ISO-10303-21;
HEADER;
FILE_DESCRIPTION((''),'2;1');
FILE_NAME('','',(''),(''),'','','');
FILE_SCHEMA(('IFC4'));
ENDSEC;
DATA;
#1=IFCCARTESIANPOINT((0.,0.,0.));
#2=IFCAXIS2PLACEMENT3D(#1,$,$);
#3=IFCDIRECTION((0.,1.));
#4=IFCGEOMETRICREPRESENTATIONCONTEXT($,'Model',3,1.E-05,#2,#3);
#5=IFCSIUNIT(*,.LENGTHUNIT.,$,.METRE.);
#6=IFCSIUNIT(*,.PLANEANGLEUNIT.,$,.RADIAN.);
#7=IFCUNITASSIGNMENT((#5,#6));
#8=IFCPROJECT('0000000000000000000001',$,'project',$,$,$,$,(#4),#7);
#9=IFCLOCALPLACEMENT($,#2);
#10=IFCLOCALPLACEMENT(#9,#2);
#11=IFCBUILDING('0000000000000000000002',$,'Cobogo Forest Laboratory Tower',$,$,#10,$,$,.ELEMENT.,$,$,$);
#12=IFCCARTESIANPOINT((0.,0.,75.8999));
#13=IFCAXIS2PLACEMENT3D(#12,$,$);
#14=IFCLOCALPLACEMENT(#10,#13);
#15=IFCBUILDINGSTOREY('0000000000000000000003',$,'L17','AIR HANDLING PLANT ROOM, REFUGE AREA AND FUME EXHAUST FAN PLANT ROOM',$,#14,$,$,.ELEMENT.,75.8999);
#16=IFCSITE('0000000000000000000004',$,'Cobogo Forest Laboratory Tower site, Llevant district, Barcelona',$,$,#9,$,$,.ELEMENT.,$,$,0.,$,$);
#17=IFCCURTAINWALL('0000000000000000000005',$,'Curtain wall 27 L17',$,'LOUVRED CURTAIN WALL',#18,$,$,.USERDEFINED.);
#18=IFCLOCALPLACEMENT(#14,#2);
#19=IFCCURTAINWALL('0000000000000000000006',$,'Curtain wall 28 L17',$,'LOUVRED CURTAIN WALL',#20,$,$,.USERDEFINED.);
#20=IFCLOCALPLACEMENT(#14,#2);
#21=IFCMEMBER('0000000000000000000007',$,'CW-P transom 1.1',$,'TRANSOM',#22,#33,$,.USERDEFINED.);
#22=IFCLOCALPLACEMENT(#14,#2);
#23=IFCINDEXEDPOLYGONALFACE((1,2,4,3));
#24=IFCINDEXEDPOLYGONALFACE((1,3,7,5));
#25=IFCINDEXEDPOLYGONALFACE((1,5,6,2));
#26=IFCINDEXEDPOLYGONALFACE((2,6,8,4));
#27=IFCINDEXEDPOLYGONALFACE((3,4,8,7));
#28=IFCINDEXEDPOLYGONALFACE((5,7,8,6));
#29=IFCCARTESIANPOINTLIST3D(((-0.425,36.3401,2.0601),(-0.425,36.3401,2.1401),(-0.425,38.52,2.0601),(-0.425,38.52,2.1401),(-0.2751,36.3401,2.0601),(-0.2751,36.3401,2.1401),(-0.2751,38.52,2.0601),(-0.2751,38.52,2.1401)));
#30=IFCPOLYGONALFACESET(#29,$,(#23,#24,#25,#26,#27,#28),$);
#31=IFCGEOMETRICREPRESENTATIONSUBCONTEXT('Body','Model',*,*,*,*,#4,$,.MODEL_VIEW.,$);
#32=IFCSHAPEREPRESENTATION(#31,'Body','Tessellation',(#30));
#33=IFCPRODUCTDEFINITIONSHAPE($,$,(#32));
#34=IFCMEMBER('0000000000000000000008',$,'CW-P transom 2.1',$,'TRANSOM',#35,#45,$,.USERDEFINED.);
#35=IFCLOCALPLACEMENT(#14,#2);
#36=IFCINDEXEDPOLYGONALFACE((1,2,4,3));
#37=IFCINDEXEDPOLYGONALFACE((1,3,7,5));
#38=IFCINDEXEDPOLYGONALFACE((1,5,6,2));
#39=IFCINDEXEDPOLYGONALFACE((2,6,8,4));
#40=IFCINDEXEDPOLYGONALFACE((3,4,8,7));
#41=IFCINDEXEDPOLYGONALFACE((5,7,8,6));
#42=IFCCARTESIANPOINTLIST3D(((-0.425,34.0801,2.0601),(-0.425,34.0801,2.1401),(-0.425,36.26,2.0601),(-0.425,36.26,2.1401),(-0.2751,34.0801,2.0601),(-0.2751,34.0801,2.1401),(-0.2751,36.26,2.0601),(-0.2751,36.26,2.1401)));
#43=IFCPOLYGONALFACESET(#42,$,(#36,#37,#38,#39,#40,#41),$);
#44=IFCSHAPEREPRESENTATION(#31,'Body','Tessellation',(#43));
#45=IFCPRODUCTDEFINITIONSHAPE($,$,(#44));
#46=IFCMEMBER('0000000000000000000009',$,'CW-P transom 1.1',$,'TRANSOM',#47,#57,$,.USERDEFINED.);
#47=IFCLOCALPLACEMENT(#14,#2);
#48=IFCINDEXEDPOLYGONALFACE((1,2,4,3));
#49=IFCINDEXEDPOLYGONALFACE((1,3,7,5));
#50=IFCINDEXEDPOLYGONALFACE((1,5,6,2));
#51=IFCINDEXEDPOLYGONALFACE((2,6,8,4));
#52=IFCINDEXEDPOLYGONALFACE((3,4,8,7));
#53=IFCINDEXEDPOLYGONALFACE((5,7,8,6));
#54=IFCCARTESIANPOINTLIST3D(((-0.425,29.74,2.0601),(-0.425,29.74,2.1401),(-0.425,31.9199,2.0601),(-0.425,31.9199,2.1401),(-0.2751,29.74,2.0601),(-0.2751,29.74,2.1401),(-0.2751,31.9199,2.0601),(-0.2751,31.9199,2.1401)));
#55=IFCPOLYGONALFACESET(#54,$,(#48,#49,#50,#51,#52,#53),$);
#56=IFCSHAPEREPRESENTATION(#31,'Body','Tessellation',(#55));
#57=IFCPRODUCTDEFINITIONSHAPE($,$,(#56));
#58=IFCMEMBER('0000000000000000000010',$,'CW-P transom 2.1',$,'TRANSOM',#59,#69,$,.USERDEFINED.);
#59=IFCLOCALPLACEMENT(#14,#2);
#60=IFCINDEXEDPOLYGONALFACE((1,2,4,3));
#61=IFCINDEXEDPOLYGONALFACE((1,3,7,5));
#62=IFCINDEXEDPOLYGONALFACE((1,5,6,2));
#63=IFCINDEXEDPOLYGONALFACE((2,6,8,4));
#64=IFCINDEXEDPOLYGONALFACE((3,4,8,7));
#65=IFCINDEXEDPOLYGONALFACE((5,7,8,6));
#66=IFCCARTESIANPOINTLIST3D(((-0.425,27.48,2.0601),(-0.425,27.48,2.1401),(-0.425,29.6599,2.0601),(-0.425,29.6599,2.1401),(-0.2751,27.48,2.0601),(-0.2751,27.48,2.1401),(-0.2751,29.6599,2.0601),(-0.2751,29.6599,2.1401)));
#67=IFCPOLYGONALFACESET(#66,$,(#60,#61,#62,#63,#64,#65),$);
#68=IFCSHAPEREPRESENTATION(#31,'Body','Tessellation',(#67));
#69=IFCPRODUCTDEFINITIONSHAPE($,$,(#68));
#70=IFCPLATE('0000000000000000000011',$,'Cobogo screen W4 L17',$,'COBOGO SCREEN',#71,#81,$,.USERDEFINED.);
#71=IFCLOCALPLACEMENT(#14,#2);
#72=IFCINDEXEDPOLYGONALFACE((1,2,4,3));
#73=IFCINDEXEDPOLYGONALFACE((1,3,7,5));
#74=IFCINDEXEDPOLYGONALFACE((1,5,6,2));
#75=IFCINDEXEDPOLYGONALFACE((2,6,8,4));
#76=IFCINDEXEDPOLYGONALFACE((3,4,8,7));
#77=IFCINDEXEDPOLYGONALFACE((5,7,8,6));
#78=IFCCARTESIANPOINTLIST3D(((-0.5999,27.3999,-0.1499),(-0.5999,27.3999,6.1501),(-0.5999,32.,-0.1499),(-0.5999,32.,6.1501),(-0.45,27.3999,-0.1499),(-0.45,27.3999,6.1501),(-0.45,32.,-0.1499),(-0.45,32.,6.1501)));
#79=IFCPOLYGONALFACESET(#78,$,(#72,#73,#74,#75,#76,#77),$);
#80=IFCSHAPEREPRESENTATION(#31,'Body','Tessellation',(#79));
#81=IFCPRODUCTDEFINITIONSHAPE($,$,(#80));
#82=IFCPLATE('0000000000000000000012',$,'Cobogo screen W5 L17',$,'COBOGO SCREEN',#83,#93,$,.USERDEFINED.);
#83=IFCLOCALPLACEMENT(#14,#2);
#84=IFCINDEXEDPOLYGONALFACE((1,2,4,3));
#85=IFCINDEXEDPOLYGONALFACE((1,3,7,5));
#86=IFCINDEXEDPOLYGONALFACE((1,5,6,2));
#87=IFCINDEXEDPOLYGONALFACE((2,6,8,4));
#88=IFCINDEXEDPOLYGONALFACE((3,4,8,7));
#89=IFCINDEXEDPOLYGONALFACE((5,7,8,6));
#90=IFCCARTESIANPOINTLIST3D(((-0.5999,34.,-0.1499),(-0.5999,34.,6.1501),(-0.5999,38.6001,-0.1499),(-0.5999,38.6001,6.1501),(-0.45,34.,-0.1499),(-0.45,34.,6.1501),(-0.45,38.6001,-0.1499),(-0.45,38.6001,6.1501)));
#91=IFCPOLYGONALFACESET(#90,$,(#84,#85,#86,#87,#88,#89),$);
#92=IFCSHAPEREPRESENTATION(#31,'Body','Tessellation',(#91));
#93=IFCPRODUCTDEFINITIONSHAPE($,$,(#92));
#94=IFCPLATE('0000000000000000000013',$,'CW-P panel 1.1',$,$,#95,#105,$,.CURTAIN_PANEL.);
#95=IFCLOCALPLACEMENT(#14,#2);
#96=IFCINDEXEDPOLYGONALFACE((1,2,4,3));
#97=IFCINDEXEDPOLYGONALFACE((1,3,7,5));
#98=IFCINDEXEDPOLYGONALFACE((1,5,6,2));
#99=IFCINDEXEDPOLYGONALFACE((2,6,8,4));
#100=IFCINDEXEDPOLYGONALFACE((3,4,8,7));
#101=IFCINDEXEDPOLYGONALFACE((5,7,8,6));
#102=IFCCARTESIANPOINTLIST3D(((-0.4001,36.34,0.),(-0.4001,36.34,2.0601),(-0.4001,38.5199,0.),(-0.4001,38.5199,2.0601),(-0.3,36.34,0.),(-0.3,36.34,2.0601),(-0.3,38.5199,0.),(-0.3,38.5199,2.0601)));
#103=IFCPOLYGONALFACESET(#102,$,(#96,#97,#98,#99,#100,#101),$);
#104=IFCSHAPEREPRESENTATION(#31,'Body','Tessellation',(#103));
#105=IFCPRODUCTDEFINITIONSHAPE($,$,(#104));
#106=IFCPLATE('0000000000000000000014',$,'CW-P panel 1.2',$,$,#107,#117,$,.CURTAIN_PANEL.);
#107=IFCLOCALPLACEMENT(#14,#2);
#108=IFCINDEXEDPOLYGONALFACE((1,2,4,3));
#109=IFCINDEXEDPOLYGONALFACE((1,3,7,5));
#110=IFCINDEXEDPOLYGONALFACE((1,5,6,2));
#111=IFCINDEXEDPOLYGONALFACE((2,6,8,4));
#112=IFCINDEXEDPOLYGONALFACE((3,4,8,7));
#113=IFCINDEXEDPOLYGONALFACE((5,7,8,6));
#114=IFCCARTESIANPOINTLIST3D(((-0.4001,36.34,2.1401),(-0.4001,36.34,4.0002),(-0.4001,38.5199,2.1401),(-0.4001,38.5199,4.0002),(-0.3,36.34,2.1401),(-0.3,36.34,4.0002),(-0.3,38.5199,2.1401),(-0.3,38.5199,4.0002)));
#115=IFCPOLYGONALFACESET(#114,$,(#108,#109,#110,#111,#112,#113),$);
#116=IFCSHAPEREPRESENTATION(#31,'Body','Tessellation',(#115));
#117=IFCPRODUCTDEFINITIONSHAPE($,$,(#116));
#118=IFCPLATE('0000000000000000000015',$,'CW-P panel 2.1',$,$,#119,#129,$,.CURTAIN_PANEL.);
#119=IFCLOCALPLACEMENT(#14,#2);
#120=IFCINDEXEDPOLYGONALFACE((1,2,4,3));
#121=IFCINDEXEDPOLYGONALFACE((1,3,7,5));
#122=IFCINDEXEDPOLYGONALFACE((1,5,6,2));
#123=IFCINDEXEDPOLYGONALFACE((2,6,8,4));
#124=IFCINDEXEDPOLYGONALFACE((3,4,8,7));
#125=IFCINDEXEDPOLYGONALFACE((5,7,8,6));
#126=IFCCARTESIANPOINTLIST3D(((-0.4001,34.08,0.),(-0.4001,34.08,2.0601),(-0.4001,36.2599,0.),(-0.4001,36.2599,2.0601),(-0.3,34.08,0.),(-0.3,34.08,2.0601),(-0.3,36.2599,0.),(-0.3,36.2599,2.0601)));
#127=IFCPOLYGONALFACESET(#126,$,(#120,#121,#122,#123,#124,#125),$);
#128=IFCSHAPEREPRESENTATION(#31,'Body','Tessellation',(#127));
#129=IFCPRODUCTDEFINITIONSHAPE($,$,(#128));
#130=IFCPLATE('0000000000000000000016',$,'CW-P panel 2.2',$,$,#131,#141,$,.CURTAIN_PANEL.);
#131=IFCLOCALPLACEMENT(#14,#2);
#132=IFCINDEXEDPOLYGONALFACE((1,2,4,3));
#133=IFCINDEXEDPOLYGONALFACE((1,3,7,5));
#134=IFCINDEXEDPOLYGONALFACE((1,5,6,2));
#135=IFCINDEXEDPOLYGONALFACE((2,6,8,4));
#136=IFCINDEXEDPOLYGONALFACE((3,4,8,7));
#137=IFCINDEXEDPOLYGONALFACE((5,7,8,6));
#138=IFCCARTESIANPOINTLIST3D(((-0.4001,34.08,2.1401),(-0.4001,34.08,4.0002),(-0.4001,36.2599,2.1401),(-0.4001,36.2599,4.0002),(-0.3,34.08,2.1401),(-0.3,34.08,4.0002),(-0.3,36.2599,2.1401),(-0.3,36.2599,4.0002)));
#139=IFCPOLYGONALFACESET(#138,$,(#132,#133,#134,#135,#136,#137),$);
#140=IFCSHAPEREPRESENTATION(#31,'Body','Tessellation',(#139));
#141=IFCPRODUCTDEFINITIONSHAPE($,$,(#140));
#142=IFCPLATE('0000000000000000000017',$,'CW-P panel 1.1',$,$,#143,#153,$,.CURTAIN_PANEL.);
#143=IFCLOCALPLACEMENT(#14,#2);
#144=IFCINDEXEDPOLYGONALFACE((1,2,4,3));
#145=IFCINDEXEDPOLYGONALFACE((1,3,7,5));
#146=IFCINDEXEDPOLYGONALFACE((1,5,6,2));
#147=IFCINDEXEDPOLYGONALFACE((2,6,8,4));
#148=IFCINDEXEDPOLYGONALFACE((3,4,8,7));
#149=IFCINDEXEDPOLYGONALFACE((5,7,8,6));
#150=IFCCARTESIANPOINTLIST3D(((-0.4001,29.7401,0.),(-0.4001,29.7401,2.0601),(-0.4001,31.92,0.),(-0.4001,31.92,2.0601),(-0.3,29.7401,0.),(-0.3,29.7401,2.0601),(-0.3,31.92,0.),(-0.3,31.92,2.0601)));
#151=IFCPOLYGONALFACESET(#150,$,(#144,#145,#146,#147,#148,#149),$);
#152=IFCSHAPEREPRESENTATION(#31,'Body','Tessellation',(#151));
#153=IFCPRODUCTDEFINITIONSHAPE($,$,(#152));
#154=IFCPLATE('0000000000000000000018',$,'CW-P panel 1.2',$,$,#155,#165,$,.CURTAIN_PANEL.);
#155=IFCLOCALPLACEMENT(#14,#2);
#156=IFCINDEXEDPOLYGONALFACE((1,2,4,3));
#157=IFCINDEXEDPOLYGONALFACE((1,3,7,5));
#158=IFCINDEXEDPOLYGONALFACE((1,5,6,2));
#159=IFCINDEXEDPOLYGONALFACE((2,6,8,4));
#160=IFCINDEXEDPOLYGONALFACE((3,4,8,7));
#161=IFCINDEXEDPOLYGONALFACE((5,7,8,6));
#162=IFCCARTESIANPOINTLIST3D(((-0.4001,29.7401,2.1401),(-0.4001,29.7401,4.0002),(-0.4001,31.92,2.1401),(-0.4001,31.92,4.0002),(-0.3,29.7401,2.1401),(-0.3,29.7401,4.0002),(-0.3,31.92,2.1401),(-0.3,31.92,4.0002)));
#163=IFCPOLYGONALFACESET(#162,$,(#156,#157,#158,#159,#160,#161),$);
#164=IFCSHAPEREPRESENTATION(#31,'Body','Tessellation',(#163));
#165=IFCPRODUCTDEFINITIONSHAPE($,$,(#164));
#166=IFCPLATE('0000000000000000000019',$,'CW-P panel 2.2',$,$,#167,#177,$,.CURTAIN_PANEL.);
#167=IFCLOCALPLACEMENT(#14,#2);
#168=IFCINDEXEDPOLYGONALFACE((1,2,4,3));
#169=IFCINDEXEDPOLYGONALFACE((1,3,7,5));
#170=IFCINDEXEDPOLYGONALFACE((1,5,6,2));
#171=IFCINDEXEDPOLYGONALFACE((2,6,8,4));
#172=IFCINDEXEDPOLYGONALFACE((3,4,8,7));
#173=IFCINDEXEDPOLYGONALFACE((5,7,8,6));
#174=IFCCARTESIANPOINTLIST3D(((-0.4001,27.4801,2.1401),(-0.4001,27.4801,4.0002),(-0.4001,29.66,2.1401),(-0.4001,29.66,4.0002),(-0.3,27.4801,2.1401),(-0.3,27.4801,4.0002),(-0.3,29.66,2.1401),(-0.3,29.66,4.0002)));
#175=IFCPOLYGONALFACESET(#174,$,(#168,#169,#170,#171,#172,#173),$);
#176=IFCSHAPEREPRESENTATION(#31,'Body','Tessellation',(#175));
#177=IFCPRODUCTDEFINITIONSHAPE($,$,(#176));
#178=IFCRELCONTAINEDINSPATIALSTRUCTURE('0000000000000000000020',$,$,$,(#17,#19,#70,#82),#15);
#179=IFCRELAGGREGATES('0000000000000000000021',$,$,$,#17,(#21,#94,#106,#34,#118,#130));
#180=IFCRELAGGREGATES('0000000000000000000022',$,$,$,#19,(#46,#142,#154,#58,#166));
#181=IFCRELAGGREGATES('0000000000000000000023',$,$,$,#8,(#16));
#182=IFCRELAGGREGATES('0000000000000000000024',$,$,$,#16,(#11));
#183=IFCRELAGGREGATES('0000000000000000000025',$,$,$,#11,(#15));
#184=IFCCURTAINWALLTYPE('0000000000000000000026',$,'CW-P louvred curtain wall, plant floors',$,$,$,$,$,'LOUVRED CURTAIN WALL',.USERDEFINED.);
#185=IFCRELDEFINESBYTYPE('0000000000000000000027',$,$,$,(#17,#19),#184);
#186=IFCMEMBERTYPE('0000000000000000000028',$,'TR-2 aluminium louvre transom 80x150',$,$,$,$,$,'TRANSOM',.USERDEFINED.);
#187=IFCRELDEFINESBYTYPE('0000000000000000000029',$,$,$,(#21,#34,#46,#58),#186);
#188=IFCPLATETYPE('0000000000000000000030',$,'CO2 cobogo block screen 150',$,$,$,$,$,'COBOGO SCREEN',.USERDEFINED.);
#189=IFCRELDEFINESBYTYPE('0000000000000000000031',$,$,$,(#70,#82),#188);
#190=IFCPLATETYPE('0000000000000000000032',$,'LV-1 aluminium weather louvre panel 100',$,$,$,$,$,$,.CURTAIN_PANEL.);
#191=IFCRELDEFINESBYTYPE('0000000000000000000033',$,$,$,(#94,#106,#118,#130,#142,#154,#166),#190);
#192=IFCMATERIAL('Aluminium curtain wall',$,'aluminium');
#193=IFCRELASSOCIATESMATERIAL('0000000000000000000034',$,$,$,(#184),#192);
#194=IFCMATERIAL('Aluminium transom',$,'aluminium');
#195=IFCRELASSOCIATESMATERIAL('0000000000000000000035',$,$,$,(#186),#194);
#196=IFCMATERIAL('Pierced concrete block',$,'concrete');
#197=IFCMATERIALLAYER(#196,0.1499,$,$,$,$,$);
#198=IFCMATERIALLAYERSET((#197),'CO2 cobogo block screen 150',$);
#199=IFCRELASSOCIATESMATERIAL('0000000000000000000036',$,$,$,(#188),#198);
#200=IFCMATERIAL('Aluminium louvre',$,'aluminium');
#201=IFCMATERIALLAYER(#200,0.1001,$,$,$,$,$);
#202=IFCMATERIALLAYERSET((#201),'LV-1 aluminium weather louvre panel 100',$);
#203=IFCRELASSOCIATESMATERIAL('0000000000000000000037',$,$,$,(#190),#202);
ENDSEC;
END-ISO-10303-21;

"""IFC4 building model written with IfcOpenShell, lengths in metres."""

from ifc_helpers import new_model, si_unit, direction, frame, origin, origin_2d, place, context, subcontext, project, spatial, rectangle, extrude, material, layer, layer_set, material_profile, profile_set, type_object, element, aggregate, save


model = new_model("IFC4")

# Units and contexts
model_context = context("Model", 3, precision=1e-05, world=origin(), true_north=direction((0.0, 1.0)))
body_context = subcontext(model_context, "Body", "Model", "MODEL_VIEW")
ifc_project = project(units=[si_unit("LENGTHUNIT", "METRE"), si_unit("PLANEANGLEUNIT", "RADIAN")], contexts=[model_context])

# Site, building, storey
site_placement = place(None, origin())
site = spatial("IfcSite", under=ifc_project, at=site_placement, Name="Cobogo Forest Laboratory Tower site, Llevant district, Barcelona", CompositionType="ELEMENT", RefElevation=0.0)
building_placement = place(site_placement, origin())
building = spatial("IfcBuilding", under=site, at=building_placement, Name="Cobogo Forest Laboratory Tower", CompositionType="ELEMENT")
storey_placement = place(building_placement, frame((0.0, 0.0, 75.8999)))
storey = spatial("IfcBuildingStorey", under=building, at=storey_placement, Name="L17", Description="AIR HANDLING PLANT ROOM, REFUGE AREA AND FUME EXHAUST FAN PLANT ROOM", CompositionType="ELEMENT", Elevation=75.8999)

# Curtain walls
ifc_material_1 = material(Name="Aluminium curtain wall", Category="aluminium")
curtain_wall_type = type_object("IfcCurtainWallType", Name="CW-P louvred curtain wall, plant floors", ElementType="LOUVRED CURTAIN WALL", PredefinedType="USERDEFINED", material=ifc_material_1)
curtain_wall_1_placement = place(storey_placement, origin())
curtain_wall_1 = element("IfcCurtainWall", 1, at=curtain_wall_1_placement, inside=storey, type_object=curtain_wall_type, Name="Curtain wall 27 L17", ObjectType="LOUVRED CURTAIN WALL", PredefinedType="USERDEFINED")
curtain_wall_2_placement = place(storey_placement, origin())
curtain_wall_2 = element("IfcCurtainWall", 2, at=curtain_wall_2_placement, inside=storey, type_object=curtain_wall_type, Name="Curtain wall 28 L17", ObjectType="LOUVRED CURTAIN WALL", PredefinedType="USERDEFINED")

# Members
ifc_material_2 = material(Name="Aluminium transom", Category="aluminium")
ifc_material_profile_1 = material_profile(ifc_material_2, rectangle(XDim=0.1499, YDim=0.0801, at=origin_2d()), Name="AL 80x150")
ifc_profile_set_1 = profile_set([ifc_material_profile_1], Name="Aluminium transom")
member_type_1 = type_object("IfcMemberType", Name="TR-2 aluminium louvre transom 80x150", ElementType="TRANSOM", PredefinedType="USERDEFINED", material=ifc_profile_set_1)
member_1_placement = place(storey_placement, frame((-0.3501, 38.52, 2.1001), z_axis=(0.0, -1.0, 0.0), x_axis=(1.0, 0.0, 0.0)))
member_1 = element("IfcMember", 3, at=member_1_placement, type_object=member_type_1, Name="CW-P transom 1.1", ObjectType="TRANSOM", PredefinedType="USERDEFINED", context=body_context, shape_type="SweptSolid", body=[
    extrude(rectangle(XDim=0.1499, YDim=0.0801, at=origin_2d()), origin(), (0.0, 0.0, 1.0), 2.1799),
])
member_2_placement = place(storey_placement, frame((-0.3501, 36.26, 2.1001), z_axis=(0.0, -1.0, 0.0), x_axis=(1.0, 0.0, 0.0)))
member_2 = element("IfcMember", 4, at=member_2_placement, type_object=member_type_1, Name="CW-P transom 2.1", ObjectType="TRANSOM", PredefinedType="USERDEFINED", context=body_context, shape_type="SweptSolid", body=[
    extrude(rectangle(XDim=0.1499, YDim=0.0801, at=origin_2d()), origin(), (0.0, 0.0, 1.0), 2.1799),
])
member_3_placement = place(storey_placement, frame((-0.3501, 31.9199, 2.1001), z_axis=(0.0, -1.0, 0.0), x_axis=(1.0, 0.0, 0.0)))
member_3 = element("IfcMember", 5, at=member_3_placement, type_object=member_type_1, Name="CW-P transom 1.1", ObjectType="TRANSOM", PredefinedType="USERDEFINED", context=body_context, shape_type="SweptSolid", body=[
    extrude(rectangle(XDim=0.1499, YDim=0.0801, at=origin_2d()), origin(), (0.0, 0.0, 1.0), 2.1799),
])
member_4_placement = place(storey_placement, frame((-0.3501, 29.6599, 2.1001), z_axis=(0.0, -1.0, 0.0), x_axis=(1.0, 0.0, 0.0)))
member_4 = element("IfcMember", 6, at=member_4_placement, type_object=member_type_1, Name="CW-P transom 2.1", ObjectType="TRANSOM", PredefinedType="USERDEFINED", context=body_context, shape_type="SweptSolid", body=[
    extrude(rectangle(XDim=0.1499, YDim=0.0801, at=origin_2d()), origin(), (0.0, 0.0, 1.0), 2.1799),
])

# Plates
ifc_material_3 = material(Name="Pierced concrete block", Category="concrete")
ifc_layer_1 = layer(ifc_material_3, 0.1499)
ifc_layer_set_1 = layer_set([ifc_layer_1], Name="CO2 cobogo block screen 150")
plate_type_1 = type_object("IfcPlateType", Name="CO2 cobogo block screen 150", ElementType="COBOGO SCREEN", PredefinedType="USERDEFINED", material=ifc_layer_set_1)
for number, where, z_axis, x_axis, name in (
    (7, (-0.5249, 29.7, -0.1499), (0.0, 0.0, 1.0), (0.0, 1.0, 0.0), "Cobogo screen W4 L17"),
    (8, (-0.5249, 36.3, -0.1499), (0.0, 0.0, 1.0), (0.0, 1.0, 0.0), "Cobogo screen W5 L17"),
):
    element("IfcPlate", number, at=place(storey_placement, frame(where, z_axis=z_axis, x_axis=x_axis)), inside=storey, type_object=plate_type_1, Name=name, ObjectType="COBOGO SCREEN", PredefinedType="USERDEFINED", context=body_context, shape_type="SweptSolid", body=[
        extrude(rectangle(XDim=4.6001, YDim=0.1499, at=origin_2d()), origin(), (0.0, 0.0, 1.0), 6.3),
    ])

# Plates
ifc_material_4 = material(Name="Aluminium louvre", Category="aluminium")
ifc_layer_2 = layer(ifc_material_4, 0.1001)
ifc_layer_set_2 = layer_set([ifc_layer_2], Name="LV-1 aluminium weather louvre panel 100")
plate_type_2 = type_object("IfcPlateType", Name="LV-1 aluminium weather louvre panel 100", PredefinedType="CURTAIN_PANEL", material=ifc_layer_set_2)
plate_1_placement = place(storey_placement, frame((-0.3501, 37.4299, 0.0), z_axis=(0.0, 0.0, 1.0), x_axis=(0.0, -1.0, 0.0)))
plate_1 = element("IfcPlate", 9, at=plate_1_placement, type_object=plate_type_2, Name="CW-P panel 1.1", PredefinedType="CURTAIN_PANEL", context=body_context, shape_type="SweptSolid", body=[
    extrude(rectangle(XDim=2.1799, YDim=0.1001, at=origin_2d()), origin(), (0.0, 0.0, 1.0), 2.0601),
])
plate_2_placement = place(storey_placement, frame((-0.3501, 37.4299, 2.1401), z_axis=(0.0, 0.0, 1.0), x_axis=(0.0, -1.0, 0.0)))
plate_2 = element("IfcPlate", 10, at=plate_2_placement, type_object=plate_type_2, Name="CW-P panel 1.2", PredefinedType="CURTAIN_PANEL", context=body_context, shape_type="SweptSolid", body=[
    extrude(rectangle(XDim=2.1799, YDim=0.1001, at=origin_2d()), origin(), (0.0, 0.0, 1.0), 1.8601),
])
plate_3_placement = place(storey_placement, frame((-0.3501, 35.1699, 0.0), z_axis=(0.0, 0.0, 1.0), x_axis=(0.0, -1.0, 0.0)))
plate_3 = element("IfcPlate", 11, at=plate_3_placement, type_object=plate_type_2, Name="CW-P panel 2.1", PredefinedType="CURTAIN_PANEL", context=body_context, shape_type="SweptSolid", body=[
    extrude(rectangle(XDim=2.1799, YDim=0.1001, at=origin_2d()), origin(), (0.0, 0.0, 1.0), 2.0601),
])
plate_4_placement = place(storey_placement, frame((-0.3501, 35.1699, 2.1401), z_axis=(0.0, 0.0, 1.0), x_axis=(0.0, -1.0, 0.0)))
plate_4 = element("IfcPlate", 12, at=plate_4_placement, type_object=plate_type_2, Name="CW-P panel 2.2", PredefinedType="CURTAIN_PANEL", context=body_context, shape_type="SweptSolid", body=[
    extrude(rectangle(XDim=2.1799, YDim=0.1001, at=origin_2d()), origin(), (0.0, 0.0, 1.0), 1.8601),
])
aggregate(curtain_wall_1, [member_1, plate_1, plate_2, member_2, plate_3, plate_4])
plate_5_placement = place(storey_placement, frame((-0.3501, 30.8301, 0.0), z_axis=(0.0, 0.0, 1.0), x_axis=(0.0, -1.0, 0.0)))
plate_5 = element("IfcPlate", 13, at=plate_5_placement, type_object=plate_type_2, Name="CW-P panel 1.1", PredefinedType="CURTAIN_PANEL", context=body_context, shape_type="SweptSolid", body=[
    extrude(rectangle(XDim=2.1799, YDim=0.1001, at=origin_2d()), origin(), (0.0, 0.0, 1.0), 2.0601),
])
plate_6_placement = place(storey_placement, frame((-0.3501, 30.8301, 2.1401), z_axis=(0.0, 0.0, 1.0), x_axis=(0.0, -1.0, 0.0)))
plate_6 = element("IfcPlate", 14, at=plate_6_placement, type_object=plate_type_2, Name="CW-P panel 1.2", PredefinedType="CURTAIN_PANEL", context=body_context, shape_type="SweptSolid", body=[
    extrude(rectangle(XDim=2.1799, YDim=0.1001, at=origin_2d()), origin(), (0.0, 0.0, 1.0), 1.8601),
])
plate_7_placement = place(storey_placement, frame((-0.3501, 28.5701, 2.1401), z_axis=(0.0, 0.0, 1.0), x_axis=(0.0, -1.0, 0.0)))
plate_7 = element("IfcPlate", 15, at=plate_7_placement, type_object=plate_type_2, Name="CW-P panel 2.2", PredefinedType="CURTAIN_PANEL", context=body_context, shape_type="SweptSolid", body=[
    extrude(rectangle(XDim=2.1799, YDim=0.1001, at=origin_2d()), origin(), (0.0, 0.0, 1.0), 1.8601),
])
aggregate(curtain_wall_2, [member_3, plate_5, plate_6, member_4, plate_7])

save(model, "model.ifc")
